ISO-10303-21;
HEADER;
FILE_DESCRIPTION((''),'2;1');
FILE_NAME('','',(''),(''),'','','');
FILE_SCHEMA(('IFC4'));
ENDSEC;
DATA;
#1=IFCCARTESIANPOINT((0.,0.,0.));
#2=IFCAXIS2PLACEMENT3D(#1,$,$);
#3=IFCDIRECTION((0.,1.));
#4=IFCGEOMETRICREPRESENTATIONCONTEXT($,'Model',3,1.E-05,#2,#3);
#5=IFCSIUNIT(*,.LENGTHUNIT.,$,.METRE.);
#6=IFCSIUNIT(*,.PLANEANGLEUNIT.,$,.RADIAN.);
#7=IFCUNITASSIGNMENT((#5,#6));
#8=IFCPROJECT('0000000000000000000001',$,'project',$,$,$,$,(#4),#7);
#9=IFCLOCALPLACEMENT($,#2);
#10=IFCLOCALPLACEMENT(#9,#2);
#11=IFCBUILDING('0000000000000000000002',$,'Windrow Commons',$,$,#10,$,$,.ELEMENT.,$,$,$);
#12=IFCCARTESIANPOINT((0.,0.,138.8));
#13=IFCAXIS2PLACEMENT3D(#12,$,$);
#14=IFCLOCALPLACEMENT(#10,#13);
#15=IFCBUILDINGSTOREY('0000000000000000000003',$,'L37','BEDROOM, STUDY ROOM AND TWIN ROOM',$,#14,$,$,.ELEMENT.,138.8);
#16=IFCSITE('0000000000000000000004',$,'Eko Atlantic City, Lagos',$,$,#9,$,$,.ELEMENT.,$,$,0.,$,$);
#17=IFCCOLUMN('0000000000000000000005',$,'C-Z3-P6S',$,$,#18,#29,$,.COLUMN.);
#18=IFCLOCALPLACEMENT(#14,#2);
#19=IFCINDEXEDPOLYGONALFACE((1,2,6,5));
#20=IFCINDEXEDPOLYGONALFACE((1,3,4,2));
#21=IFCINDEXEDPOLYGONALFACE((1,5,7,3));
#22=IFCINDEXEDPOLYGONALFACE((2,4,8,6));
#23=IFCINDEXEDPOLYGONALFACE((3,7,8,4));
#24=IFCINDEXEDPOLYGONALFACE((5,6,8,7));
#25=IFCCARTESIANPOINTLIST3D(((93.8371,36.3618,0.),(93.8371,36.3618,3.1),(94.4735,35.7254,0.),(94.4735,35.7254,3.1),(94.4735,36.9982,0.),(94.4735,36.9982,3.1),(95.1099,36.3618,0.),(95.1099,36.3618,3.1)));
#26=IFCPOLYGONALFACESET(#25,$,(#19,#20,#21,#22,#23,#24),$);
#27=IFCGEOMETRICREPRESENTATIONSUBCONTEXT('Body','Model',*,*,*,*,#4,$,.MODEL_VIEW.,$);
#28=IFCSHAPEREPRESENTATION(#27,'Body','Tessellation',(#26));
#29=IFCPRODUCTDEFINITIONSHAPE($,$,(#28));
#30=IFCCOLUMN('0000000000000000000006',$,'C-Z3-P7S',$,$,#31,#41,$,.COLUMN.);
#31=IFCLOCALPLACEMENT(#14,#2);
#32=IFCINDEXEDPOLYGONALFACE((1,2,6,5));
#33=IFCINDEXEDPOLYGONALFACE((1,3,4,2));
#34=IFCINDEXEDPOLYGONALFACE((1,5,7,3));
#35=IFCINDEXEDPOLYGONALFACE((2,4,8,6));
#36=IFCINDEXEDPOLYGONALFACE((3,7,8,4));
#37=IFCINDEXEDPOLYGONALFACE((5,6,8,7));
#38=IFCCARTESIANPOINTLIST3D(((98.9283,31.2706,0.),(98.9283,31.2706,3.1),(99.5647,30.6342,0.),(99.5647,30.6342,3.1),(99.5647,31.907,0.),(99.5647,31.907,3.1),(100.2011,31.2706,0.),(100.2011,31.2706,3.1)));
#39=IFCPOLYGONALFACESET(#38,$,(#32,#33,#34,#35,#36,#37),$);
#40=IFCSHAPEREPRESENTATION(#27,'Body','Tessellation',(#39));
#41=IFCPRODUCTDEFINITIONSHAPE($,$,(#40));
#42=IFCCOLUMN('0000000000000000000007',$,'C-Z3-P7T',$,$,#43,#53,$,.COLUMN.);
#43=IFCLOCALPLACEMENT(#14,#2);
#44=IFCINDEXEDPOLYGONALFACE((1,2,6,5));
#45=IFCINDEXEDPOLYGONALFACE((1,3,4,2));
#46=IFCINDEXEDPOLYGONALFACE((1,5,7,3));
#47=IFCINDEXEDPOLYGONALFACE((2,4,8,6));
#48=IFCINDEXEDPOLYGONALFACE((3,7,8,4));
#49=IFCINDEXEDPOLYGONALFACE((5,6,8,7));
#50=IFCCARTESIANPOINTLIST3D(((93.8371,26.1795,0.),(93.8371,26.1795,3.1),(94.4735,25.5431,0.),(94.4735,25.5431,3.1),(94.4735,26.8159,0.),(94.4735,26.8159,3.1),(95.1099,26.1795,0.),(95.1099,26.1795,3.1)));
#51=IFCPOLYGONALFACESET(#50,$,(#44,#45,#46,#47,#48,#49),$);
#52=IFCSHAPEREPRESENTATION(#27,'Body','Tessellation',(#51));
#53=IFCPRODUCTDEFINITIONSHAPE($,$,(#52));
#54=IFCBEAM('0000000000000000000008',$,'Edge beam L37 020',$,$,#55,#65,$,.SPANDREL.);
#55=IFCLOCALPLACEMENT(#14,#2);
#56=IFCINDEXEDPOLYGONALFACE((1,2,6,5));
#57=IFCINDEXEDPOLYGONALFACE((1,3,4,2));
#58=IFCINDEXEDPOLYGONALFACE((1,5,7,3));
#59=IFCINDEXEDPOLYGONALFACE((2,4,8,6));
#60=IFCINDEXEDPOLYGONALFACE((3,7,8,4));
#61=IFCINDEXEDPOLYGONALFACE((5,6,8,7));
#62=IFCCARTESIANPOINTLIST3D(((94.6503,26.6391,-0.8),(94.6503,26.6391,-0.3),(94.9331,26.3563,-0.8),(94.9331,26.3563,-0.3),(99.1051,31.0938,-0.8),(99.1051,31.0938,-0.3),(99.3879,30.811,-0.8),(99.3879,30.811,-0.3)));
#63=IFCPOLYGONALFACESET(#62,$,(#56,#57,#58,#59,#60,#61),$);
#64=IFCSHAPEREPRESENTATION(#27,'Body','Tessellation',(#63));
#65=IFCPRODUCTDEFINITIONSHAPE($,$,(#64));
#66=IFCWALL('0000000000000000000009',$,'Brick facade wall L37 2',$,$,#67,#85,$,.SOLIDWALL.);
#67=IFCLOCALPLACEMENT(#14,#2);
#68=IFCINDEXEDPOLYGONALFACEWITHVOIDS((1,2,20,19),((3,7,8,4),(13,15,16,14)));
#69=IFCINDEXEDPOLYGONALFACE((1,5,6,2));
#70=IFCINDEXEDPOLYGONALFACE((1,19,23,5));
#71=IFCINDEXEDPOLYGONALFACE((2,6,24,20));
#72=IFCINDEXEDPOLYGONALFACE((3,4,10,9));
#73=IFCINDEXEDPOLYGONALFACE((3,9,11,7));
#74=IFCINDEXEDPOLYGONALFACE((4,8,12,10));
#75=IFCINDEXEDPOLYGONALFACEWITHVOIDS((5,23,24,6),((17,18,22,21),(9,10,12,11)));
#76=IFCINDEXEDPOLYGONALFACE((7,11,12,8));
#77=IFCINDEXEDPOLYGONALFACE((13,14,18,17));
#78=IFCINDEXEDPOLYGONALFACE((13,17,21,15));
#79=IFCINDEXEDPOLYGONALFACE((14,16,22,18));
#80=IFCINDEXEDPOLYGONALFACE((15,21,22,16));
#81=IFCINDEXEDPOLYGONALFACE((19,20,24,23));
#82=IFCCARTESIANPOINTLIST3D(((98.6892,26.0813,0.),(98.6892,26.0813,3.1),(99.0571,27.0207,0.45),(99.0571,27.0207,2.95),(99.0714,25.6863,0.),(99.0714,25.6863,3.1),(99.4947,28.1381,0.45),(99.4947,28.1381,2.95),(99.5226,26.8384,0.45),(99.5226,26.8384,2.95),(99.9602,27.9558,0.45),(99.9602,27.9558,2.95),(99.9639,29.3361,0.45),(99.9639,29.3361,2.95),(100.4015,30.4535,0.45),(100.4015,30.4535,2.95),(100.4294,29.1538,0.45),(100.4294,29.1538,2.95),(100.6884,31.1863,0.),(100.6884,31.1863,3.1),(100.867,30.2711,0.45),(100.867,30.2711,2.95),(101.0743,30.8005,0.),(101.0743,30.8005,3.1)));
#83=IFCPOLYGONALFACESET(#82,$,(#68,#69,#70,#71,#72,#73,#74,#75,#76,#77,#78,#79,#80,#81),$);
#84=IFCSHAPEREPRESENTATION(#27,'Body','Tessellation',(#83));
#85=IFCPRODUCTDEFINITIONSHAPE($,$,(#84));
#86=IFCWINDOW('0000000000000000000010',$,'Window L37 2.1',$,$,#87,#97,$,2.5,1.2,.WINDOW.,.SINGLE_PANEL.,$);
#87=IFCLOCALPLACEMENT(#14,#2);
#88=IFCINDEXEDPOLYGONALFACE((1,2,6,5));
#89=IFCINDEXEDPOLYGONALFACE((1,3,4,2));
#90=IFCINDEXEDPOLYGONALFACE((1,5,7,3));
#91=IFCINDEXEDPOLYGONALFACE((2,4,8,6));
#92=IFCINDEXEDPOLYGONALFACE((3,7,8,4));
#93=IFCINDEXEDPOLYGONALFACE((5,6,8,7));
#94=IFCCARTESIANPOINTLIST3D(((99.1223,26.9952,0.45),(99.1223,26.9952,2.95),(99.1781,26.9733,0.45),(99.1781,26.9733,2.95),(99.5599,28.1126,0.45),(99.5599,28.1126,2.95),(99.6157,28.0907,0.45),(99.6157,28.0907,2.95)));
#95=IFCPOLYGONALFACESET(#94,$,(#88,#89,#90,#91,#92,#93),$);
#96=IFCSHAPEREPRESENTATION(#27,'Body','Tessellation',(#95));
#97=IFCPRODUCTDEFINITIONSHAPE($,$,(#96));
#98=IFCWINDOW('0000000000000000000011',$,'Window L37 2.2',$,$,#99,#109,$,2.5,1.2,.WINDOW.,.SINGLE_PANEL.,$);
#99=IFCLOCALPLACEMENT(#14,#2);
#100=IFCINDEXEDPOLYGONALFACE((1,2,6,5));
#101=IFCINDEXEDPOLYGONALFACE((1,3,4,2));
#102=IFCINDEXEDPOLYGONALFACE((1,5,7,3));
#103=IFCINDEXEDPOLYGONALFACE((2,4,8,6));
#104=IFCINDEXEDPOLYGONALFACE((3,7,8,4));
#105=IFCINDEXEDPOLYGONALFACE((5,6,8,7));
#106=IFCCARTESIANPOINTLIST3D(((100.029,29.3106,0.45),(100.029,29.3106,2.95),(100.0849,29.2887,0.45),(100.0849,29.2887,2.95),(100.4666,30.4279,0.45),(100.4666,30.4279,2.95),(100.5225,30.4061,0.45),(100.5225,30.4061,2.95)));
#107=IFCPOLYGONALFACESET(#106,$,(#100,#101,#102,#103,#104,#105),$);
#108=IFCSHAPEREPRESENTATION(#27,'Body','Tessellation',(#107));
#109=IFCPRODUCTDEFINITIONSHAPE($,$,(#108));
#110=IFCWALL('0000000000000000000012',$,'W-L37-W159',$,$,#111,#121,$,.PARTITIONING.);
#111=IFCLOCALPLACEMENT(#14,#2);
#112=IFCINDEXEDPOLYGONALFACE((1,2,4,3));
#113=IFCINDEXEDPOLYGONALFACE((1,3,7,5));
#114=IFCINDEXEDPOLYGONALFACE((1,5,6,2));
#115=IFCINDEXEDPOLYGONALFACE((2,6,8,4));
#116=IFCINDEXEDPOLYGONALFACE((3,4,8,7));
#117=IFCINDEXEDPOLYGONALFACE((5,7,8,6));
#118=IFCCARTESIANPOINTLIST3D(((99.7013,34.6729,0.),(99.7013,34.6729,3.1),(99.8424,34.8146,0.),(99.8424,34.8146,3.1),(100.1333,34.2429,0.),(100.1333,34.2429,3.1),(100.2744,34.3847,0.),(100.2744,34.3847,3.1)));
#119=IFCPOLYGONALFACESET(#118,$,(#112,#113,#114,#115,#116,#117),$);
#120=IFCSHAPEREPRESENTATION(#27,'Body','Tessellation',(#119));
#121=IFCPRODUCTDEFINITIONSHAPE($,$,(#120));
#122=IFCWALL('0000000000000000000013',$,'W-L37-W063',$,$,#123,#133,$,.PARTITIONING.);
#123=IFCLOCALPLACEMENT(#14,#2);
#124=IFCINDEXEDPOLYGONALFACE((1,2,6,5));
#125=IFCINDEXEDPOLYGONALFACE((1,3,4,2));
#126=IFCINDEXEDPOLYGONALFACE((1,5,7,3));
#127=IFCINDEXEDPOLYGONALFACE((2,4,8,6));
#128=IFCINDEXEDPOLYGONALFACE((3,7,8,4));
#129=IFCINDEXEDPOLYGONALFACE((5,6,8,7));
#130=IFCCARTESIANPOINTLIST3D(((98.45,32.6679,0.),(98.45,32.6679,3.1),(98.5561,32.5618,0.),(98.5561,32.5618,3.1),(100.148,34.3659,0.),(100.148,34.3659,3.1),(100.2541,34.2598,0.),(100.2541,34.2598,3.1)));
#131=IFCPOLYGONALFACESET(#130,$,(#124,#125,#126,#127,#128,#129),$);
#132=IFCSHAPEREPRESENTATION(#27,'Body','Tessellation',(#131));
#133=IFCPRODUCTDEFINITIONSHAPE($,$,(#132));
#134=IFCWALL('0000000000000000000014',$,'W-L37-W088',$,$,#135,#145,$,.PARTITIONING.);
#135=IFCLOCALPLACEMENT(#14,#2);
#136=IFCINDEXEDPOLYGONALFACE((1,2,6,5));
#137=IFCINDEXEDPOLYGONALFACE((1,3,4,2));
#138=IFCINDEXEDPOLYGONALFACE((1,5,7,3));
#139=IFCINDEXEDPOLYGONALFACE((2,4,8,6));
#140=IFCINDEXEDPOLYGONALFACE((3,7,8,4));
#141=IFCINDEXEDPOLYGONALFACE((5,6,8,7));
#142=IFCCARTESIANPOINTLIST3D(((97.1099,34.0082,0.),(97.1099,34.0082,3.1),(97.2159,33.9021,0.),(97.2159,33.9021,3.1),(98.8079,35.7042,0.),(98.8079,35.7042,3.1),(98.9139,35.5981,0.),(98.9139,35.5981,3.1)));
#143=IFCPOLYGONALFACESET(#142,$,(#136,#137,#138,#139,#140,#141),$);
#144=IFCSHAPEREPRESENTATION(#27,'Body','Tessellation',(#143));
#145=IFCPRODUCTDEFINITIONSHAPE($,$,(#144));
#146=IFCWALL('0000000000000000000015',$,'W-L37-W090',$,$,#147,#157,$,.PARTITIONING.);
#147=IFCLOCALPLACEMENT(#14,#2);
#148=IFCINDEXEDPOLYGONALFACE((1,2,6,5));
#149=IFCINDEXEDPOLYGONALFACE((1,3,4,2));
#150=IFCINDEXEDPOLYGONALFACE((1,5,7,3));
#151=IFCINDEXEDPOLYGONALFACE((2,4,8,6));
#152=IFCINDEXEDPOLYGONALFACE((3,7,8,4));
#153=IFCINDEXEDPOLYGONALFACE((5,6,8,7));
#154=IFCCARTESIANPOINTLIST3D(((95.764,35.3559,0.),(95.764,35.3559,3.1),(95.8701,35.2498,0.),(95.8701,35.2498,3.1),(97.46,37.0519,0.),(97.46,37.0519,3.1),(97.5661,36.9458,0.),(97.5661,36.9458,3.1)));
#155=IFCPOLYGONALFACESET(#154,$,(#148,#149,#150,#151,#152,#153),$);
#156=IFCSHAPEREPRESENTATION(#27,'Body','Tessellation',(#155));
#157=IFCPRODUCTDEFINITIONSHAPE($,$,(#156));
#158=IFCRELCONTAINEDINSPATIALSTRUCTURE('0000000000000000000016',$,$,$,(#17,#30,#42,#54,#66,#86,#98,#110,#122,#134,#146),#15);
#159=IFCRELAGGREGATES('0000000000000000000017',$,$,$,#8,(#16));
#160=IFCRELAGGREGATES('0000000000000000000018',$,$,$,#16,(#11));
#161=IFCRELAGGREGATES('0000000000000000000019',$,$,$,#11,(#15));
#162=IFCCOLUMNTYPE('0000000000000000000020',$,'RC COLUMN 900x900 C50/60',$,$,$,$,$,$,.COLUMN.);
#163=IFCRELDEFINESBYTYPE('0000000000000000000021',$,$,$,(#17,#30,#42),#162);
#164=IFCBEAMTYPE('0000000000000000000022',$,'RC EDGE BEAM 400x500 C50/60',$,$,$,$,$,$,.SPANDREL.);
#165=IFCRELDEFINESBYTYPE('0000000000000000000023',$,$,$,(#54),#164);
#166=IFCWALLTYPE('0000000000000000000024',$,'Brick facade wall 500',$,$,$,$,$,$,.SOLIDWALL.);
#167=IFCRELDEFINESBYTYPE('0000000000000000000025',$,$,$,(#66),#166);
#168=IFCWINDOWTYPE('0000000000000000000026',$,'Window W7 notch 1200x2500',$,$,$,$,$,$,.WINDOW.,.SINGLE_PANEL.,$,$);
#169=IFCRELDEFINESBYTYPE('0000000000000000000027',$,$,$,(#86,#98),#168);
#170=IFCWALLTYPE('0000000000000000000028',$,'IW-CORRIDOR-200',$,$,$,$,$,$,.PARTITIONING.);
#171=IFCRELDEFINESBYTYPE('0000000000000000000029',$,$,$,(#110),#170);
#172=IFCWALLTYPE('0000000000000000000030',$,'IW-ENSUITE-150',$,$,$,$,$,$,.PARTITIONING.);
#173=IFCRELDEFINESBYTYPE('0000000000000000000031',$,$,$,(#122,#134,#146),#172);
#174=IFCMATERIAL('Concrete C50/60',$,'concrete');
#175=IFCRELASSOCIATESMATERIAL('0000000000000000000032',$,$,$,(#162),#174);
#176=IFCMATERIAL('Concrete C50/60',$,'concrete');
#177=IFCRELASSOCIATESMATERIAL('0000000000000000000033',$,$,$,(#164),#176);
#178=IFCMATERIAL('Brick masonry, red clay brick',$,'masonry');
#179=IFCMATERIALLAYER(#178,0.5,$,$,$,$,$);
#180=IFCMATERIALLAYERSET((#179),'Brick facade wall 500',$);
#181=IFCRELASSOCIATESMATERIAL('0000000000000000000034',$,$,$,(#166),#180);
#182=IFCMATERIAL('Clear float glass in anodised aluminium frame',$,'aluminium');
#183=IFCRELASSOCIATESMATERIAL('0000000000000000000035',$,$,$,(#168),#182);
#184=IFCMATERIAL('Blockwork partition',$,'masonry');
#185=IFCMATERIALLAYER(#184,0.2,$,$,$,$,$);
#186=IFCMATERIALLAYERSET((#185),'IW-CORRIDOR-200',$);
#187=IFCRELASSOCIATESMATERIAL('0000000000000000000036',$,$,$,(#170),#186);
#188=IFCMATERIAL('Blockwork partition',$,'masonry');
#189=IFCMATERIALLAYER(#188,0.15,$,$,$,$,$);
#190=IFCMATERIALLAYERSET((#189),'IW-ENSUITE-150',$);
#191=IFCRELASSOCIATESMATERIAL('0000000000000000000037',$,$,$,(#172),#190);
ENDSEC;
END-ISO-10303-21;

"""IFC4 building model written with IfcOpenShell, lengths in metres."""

from ifc_helpers import new_model, si_unit, direction, frame, frame_2d, origin, origin_2d, place, context, subcontext, project, spatial, polyline, rectangle, outline, extrude, material, layer, layer_set, material_profile, profile_set, type_object, element, fill, save


model = new_model("IFC4")

# Units and contexts
model_context = context("Model", 3, precision=1e-05, world=origin(), true_north=direction((0.0, 1.0)))
body_context = subcontext(model_context, "Body", "Model", "MODEL_VIEW")
ifc_project = project(units=[si_unit("LENGTHUNIT", "METRE"), si_unit("PLANEANGLEUNIT", "RADIAN")], contexts=[model_context])

# Site, building, storey
site_placement = place(None, origin())
site = spatial("IfcSite", under=ifc_project, at=site_placement, Name="Eko Atlantic City, Lagos", CompositionType="ELEMENT", RefElevation=0.0)
building_placement = place(site_placement, origin())
building = spatial("IfcBuilding", under=site, at=building_placement, Name="Windrow Commons", CompositionType="ELEMENT")
storey_placement = place(building_placement, frame((0.0, 0.0, 138.8)))
storey = spatial("IfcBuildingStorey", under=building, at=storey_placement, Name="L37", Description="BEDROOM, STUDY ROOM AND TWIN ROOM", CompositionType="ELEMENT", Elevation=138.8)

# Columns
ifc_material_1 = material(Name="Concrete C50/60", Category="concrete")
ifc_material_profile_1 = material_profile(ifc_material_1, rectangle(XDim=0.9, YDim=0.9, at=origin_2d()))
ifc_profile_set_1 = profile_set([ifc_material_profile_1], Name="Concrete C50/60")
column_type = type_object("IfcColumnType", Name="RC COLUMN 900x900 C50/60", PredefinedType="COLUMN", material=ifc_profile_set_1)
for number, where, z_axis, x_axis, name in (
    (1, (94.4735, 36.3618, 0.0), (0.0, 0.0, 1.0), (0.707107, -0.707107, 0.0), "C-Z3-P6S"),
    (2, (99.5647, 31.2706, 0.0), (0.0, 0.0, 1.0), (0.707107, -0.707107, 0.0), "C-Z3-P7S"),
    (3, (94.4735, 26.1795, 0.0), (0.0, 0.0, 1.0), (0.707107, -0.707107, 0.0), "C-Z3-P7T"),
):
    element("IfcColumn", number, at=place(storey_placement, frame(where, z_axis=z_axis, x_axis=x_axis)), inside=storey, type_object=column_type, Name=name, PredefinedType="COLUMN", context=body_context, shape_type="SweptSolid", body=[
        extrude(rectangle(XDim=0.9, YDim=0.9, at=origin_2d()), origin(), (0.0, 0.0, 1.0), 3.1),
    ])

# Beam
ifc_material_2 = material(Name="Concrete C50/60", Category="concrete")
ifc_material_profile_2 = material_profile(ifc_material_2, rectangle(XDim=0.4, YDim=0.5, at=origin_2d()))
ifc_profile_set_2 = profile_set([ifc_material_profile_2], Name="Concrete C50/60")
beam_type = type_object("IfcBeamType", Name="RC EDGE BEAM 400x500 C50/60", PredefinedType="SPANDREL", material=ifc_profile_set_2)
beam_placement = place(storey_placement, frame((99.2465, 30.9524, -0.55), z_axis=(-0.707115, -0.707099, 0.0), x_axis=(0.707099, -0.707115, 0.0)))
element("IfcBeam", 4, at=beam_placement, inside=storey, type_object=beam_type, Name="Edge beam L37 020", PredefinedType="SPANDREL", context=body_context, shape_type="SweptSolid", body=[
    extrude(rectangle(XDim=0.4, YDim=0.5, at=origin_2d()), origin(), (0.0, 0.0, 1.0), 6.3),
])

# Wall, openings, windows
ifc_material_3 = material(Name="Brick masonry, red clay brick", Category="masonry")
ifc_layer_1 = layer(ifc_material_3, 0.5)
ifc_layer_set_1 = layer_set([ifc_layer_1], Name="Brick facade wall 500")
wall_type_1 = type_object("IfcWallType", Name="Brick facade wall 500", PredefinedType="SOLIDWALL", material=ifc_layer_set_1)
wall_1_placement = place(storey_placement, frame((98.8803, 25.8838, 0.0), z_axis=(0.0, 0.0, 1.0), x_axis=(0.364667, 0.931138, 0.0)))
wall_1 = element("IfcWall", 5, at=wall_1_placement, inside=storey, type_object=wall_type_1, Name="Brick facade wall L37 2", PredefinedType="SOLIDWALL", context=body_context, shape_type="SweptSolid", body=[
    extrude(outline(polyline([(-0.1142, -0.25), (5.3782, -0.25), (5.5967, 0.25), (0.1142, 0.25), (-0.1142, -0.25)])), origin(), (0.0, 0.0, 1.0), 3.1),
])
opening_1_placement = place(wall_1_placement, frame((1.1231, 0.0, 0.45)))
opening_1 = element("IfcOpeningElement", 6, at=opening_1_placement, cuts=wall_1, PredefinedType="OPENING", context=body_context, shape_type="SweptSolid", body=[
    extrude(rectangle(XDim=1.2, YDim=2.5, at=frame_2d((0.6, 1.25))), frame((0.0, 0.26, 0.0), z_axis=(0.0, -1.0, 0.0), x_axis=(1.0, 0.0, 0.0)), (0.0, 0.0, 1.0), 0.52),
])
opening_2_placement = place(wall_1_placement, frame((3.6097, 0.0, 0.45)))
opening_2 = element("IfcOpeningElement", 7, at=opening_2_placement, cuts=wall_1, PredefinedType="OPENING", context=body_context, shape_type="SweptSolid", body=[
    extrude(rectangle(XDim=1.2, YDim=2.5, at=frame_2d((0.6, 1.25))), frame((0.0, 0.26, 0.0), z_axis=(0.0, -1.0, 0.0), x_axis=(1.0, 0.0, 0.0)), (0.0, 0.0, 1.0), 0.52),
])
ifc_material_4 = material(Name="Clear float glass in anodised aluminium frame", Category="aluminium")
window_type = type_object("IfcWindowType", Name="Window W7 notch 1200x2500", PartitioningType="SINGLE_PANEL", PredefinedType="WINDOW", material=ifc_material_4)
window_1_placement = place(opening_1_placement, origin())
window_1 = element("IfcWindow", 8, at=window_1_placement, inside=storey, type_object=window_type, Name="Window L37 2.1", OverallHeight=2.5, OverallWidth=1.2, PartitioningType="SINGLE_PANEL", PredefinedType="WINDOW", context=body_context, shape_type="SweptSolid", body=[
    extrude(rectangle(XDim=1.2, YDim=2.5, at=frame_2d((0.6, 1.25))), frame((0.0, 0.18, 0.0), z_axis=(0.0, -1.0, 0.0), x_axis=(1.0, 0.0, 0.0)), (0.0, 0.0, 1.0), 0.06),
])
fill(opening_1, window_1)
window_2_placement = place(opening_2_placement, origin())
window_2 = element("IfcWindow", 9, at=window_2_placement, inside=storey, type_object=window_type, Name="Window L37 2.2", OverallHeight=2.5, OverallWidth=1.2, PartitioningType="SINGLE_PANEL", PredefinedType="WINDOW", context=body_context, shape_type="SweptSolid", body=[
    extrude(rectangle(XDim=1.2, YDim=2.5, at=frame_2d((0.6, 1.25))), frame((0.0, 0.18, 0.0), z_axis=(0.0, -1.0, 0.0), x_axis=(1.0, 0.0, 0.0)), (0.0, 0.0, 1.0), 0.06),
])
fill(opening_2, window_2)

# Walls
ifc_material_5 = material(Name="Blockwork partition", Category="masonry")
ifc_layer_2 = layer(ifc_material_5, 0.2)
ifc_layer_set_2 = layer_set([ifc_layer_2], Name="IW-CORRIDOR-200")
wall_type_2 = type_object("IfcWallType", Name="IW-CORRIDOR-200", PredefinedType="PARTITIONING", material=ifc_layer_set_2)
wall_2_placement = place(storey_placement, frame((99.7718, 34.7438, 0.0), z_axis=(0.0, 0.0, 1.0), x_axis=(0.708745, -0.705464, 0.0)))
element("IfcWall", 10, at=wall_2_placement, inside=storey, type_object=wall_type_2, Name="W-L37-W159", PredefinedType="PARTITIONING", context=body_context, shape_type="SweptSolid", body=[
    extrude(rectangle(XDim=0.6095, YDim=0.2, at=frame_2d((0.3048, 0.0))), origin(), (0.0, 0.0, 1.0), 3.1),
])
ifc_material_6 = material(Name="Blockwork partition", Category="masonry")
ifc_layer_3 = layer(ifc_material_6, 0.15)
ifc_layer_set_3 = layer_set([ifc_layer_3], Name="IW-ENSUITE-150")
wall_type_3 = type_object("IfcWallType", Name="IW-ENSUITE-150", PredefinedType="PARTITIONING", material=ifc_layer_set_3)
wall_3_placement = place(storey_placement, frame((98.5031, 32.6149, 0.0), z_axis=(0.0, 0.0, 1.0), x_axis=(0.707107, 0.707107, 0.0)))
element("IfcWall", 11, at=wall_3_placement, inside=storey, type_object=wall_type_3, Name="W-L37-W063", PredefinedType="PARTITIONING", context=body_context, shape_type="SweptSolid", body=[
    extrude(rectangle(XDim=2.4013, YDim=0.15, at=frame_2d((1.2006, 0.0))), origin(), (0.0, 0.0, 1.0), 3.1),
])
wall_4_placement = place(storey_placement, frame((97.1629, 33.9551, 0.0), z_axis=(0.0, 0.0, 1.0), x_axis=(0.707523, 0.70669, 0.0)))
element("IfcWall", 12, at=wall_4_placement, inside=storey, type_object=wall_type_3, Name="W-L37-W088", PredefinedType="PARTITIONING", context=body_context, shape_type="SweptSolid", body=[
    extrude(rectangle(XDim=2.3999, YDim=0.15, at=frame_2d((1.2, 0.0))), origin(), (0.0, 0.0, 1.0), 3.1),
])
wall_5_placement = place(storey_placement, frame((95.8171, 35.3029, 0.0), z_axis=(0.0, 0.0, 1.0), x_axis=(0.707107, 0.707107, 0.0)))
element("IfcWall", 13, at=wall_5_placement, inside=storey, type_object=wall_type_3, Name="W-L37-W090", PredefinedType="PARTITIONING", context=body_context, shape_type="SweptSolid", body=[
    extrude(rectangle(XDim=2.3985, YDim=0.15, at=frame_2d((1.1992, 0.0))), origin(), (0.0, 0.0, 1.0), 3.1),
])

save(model, "model.ifc")
